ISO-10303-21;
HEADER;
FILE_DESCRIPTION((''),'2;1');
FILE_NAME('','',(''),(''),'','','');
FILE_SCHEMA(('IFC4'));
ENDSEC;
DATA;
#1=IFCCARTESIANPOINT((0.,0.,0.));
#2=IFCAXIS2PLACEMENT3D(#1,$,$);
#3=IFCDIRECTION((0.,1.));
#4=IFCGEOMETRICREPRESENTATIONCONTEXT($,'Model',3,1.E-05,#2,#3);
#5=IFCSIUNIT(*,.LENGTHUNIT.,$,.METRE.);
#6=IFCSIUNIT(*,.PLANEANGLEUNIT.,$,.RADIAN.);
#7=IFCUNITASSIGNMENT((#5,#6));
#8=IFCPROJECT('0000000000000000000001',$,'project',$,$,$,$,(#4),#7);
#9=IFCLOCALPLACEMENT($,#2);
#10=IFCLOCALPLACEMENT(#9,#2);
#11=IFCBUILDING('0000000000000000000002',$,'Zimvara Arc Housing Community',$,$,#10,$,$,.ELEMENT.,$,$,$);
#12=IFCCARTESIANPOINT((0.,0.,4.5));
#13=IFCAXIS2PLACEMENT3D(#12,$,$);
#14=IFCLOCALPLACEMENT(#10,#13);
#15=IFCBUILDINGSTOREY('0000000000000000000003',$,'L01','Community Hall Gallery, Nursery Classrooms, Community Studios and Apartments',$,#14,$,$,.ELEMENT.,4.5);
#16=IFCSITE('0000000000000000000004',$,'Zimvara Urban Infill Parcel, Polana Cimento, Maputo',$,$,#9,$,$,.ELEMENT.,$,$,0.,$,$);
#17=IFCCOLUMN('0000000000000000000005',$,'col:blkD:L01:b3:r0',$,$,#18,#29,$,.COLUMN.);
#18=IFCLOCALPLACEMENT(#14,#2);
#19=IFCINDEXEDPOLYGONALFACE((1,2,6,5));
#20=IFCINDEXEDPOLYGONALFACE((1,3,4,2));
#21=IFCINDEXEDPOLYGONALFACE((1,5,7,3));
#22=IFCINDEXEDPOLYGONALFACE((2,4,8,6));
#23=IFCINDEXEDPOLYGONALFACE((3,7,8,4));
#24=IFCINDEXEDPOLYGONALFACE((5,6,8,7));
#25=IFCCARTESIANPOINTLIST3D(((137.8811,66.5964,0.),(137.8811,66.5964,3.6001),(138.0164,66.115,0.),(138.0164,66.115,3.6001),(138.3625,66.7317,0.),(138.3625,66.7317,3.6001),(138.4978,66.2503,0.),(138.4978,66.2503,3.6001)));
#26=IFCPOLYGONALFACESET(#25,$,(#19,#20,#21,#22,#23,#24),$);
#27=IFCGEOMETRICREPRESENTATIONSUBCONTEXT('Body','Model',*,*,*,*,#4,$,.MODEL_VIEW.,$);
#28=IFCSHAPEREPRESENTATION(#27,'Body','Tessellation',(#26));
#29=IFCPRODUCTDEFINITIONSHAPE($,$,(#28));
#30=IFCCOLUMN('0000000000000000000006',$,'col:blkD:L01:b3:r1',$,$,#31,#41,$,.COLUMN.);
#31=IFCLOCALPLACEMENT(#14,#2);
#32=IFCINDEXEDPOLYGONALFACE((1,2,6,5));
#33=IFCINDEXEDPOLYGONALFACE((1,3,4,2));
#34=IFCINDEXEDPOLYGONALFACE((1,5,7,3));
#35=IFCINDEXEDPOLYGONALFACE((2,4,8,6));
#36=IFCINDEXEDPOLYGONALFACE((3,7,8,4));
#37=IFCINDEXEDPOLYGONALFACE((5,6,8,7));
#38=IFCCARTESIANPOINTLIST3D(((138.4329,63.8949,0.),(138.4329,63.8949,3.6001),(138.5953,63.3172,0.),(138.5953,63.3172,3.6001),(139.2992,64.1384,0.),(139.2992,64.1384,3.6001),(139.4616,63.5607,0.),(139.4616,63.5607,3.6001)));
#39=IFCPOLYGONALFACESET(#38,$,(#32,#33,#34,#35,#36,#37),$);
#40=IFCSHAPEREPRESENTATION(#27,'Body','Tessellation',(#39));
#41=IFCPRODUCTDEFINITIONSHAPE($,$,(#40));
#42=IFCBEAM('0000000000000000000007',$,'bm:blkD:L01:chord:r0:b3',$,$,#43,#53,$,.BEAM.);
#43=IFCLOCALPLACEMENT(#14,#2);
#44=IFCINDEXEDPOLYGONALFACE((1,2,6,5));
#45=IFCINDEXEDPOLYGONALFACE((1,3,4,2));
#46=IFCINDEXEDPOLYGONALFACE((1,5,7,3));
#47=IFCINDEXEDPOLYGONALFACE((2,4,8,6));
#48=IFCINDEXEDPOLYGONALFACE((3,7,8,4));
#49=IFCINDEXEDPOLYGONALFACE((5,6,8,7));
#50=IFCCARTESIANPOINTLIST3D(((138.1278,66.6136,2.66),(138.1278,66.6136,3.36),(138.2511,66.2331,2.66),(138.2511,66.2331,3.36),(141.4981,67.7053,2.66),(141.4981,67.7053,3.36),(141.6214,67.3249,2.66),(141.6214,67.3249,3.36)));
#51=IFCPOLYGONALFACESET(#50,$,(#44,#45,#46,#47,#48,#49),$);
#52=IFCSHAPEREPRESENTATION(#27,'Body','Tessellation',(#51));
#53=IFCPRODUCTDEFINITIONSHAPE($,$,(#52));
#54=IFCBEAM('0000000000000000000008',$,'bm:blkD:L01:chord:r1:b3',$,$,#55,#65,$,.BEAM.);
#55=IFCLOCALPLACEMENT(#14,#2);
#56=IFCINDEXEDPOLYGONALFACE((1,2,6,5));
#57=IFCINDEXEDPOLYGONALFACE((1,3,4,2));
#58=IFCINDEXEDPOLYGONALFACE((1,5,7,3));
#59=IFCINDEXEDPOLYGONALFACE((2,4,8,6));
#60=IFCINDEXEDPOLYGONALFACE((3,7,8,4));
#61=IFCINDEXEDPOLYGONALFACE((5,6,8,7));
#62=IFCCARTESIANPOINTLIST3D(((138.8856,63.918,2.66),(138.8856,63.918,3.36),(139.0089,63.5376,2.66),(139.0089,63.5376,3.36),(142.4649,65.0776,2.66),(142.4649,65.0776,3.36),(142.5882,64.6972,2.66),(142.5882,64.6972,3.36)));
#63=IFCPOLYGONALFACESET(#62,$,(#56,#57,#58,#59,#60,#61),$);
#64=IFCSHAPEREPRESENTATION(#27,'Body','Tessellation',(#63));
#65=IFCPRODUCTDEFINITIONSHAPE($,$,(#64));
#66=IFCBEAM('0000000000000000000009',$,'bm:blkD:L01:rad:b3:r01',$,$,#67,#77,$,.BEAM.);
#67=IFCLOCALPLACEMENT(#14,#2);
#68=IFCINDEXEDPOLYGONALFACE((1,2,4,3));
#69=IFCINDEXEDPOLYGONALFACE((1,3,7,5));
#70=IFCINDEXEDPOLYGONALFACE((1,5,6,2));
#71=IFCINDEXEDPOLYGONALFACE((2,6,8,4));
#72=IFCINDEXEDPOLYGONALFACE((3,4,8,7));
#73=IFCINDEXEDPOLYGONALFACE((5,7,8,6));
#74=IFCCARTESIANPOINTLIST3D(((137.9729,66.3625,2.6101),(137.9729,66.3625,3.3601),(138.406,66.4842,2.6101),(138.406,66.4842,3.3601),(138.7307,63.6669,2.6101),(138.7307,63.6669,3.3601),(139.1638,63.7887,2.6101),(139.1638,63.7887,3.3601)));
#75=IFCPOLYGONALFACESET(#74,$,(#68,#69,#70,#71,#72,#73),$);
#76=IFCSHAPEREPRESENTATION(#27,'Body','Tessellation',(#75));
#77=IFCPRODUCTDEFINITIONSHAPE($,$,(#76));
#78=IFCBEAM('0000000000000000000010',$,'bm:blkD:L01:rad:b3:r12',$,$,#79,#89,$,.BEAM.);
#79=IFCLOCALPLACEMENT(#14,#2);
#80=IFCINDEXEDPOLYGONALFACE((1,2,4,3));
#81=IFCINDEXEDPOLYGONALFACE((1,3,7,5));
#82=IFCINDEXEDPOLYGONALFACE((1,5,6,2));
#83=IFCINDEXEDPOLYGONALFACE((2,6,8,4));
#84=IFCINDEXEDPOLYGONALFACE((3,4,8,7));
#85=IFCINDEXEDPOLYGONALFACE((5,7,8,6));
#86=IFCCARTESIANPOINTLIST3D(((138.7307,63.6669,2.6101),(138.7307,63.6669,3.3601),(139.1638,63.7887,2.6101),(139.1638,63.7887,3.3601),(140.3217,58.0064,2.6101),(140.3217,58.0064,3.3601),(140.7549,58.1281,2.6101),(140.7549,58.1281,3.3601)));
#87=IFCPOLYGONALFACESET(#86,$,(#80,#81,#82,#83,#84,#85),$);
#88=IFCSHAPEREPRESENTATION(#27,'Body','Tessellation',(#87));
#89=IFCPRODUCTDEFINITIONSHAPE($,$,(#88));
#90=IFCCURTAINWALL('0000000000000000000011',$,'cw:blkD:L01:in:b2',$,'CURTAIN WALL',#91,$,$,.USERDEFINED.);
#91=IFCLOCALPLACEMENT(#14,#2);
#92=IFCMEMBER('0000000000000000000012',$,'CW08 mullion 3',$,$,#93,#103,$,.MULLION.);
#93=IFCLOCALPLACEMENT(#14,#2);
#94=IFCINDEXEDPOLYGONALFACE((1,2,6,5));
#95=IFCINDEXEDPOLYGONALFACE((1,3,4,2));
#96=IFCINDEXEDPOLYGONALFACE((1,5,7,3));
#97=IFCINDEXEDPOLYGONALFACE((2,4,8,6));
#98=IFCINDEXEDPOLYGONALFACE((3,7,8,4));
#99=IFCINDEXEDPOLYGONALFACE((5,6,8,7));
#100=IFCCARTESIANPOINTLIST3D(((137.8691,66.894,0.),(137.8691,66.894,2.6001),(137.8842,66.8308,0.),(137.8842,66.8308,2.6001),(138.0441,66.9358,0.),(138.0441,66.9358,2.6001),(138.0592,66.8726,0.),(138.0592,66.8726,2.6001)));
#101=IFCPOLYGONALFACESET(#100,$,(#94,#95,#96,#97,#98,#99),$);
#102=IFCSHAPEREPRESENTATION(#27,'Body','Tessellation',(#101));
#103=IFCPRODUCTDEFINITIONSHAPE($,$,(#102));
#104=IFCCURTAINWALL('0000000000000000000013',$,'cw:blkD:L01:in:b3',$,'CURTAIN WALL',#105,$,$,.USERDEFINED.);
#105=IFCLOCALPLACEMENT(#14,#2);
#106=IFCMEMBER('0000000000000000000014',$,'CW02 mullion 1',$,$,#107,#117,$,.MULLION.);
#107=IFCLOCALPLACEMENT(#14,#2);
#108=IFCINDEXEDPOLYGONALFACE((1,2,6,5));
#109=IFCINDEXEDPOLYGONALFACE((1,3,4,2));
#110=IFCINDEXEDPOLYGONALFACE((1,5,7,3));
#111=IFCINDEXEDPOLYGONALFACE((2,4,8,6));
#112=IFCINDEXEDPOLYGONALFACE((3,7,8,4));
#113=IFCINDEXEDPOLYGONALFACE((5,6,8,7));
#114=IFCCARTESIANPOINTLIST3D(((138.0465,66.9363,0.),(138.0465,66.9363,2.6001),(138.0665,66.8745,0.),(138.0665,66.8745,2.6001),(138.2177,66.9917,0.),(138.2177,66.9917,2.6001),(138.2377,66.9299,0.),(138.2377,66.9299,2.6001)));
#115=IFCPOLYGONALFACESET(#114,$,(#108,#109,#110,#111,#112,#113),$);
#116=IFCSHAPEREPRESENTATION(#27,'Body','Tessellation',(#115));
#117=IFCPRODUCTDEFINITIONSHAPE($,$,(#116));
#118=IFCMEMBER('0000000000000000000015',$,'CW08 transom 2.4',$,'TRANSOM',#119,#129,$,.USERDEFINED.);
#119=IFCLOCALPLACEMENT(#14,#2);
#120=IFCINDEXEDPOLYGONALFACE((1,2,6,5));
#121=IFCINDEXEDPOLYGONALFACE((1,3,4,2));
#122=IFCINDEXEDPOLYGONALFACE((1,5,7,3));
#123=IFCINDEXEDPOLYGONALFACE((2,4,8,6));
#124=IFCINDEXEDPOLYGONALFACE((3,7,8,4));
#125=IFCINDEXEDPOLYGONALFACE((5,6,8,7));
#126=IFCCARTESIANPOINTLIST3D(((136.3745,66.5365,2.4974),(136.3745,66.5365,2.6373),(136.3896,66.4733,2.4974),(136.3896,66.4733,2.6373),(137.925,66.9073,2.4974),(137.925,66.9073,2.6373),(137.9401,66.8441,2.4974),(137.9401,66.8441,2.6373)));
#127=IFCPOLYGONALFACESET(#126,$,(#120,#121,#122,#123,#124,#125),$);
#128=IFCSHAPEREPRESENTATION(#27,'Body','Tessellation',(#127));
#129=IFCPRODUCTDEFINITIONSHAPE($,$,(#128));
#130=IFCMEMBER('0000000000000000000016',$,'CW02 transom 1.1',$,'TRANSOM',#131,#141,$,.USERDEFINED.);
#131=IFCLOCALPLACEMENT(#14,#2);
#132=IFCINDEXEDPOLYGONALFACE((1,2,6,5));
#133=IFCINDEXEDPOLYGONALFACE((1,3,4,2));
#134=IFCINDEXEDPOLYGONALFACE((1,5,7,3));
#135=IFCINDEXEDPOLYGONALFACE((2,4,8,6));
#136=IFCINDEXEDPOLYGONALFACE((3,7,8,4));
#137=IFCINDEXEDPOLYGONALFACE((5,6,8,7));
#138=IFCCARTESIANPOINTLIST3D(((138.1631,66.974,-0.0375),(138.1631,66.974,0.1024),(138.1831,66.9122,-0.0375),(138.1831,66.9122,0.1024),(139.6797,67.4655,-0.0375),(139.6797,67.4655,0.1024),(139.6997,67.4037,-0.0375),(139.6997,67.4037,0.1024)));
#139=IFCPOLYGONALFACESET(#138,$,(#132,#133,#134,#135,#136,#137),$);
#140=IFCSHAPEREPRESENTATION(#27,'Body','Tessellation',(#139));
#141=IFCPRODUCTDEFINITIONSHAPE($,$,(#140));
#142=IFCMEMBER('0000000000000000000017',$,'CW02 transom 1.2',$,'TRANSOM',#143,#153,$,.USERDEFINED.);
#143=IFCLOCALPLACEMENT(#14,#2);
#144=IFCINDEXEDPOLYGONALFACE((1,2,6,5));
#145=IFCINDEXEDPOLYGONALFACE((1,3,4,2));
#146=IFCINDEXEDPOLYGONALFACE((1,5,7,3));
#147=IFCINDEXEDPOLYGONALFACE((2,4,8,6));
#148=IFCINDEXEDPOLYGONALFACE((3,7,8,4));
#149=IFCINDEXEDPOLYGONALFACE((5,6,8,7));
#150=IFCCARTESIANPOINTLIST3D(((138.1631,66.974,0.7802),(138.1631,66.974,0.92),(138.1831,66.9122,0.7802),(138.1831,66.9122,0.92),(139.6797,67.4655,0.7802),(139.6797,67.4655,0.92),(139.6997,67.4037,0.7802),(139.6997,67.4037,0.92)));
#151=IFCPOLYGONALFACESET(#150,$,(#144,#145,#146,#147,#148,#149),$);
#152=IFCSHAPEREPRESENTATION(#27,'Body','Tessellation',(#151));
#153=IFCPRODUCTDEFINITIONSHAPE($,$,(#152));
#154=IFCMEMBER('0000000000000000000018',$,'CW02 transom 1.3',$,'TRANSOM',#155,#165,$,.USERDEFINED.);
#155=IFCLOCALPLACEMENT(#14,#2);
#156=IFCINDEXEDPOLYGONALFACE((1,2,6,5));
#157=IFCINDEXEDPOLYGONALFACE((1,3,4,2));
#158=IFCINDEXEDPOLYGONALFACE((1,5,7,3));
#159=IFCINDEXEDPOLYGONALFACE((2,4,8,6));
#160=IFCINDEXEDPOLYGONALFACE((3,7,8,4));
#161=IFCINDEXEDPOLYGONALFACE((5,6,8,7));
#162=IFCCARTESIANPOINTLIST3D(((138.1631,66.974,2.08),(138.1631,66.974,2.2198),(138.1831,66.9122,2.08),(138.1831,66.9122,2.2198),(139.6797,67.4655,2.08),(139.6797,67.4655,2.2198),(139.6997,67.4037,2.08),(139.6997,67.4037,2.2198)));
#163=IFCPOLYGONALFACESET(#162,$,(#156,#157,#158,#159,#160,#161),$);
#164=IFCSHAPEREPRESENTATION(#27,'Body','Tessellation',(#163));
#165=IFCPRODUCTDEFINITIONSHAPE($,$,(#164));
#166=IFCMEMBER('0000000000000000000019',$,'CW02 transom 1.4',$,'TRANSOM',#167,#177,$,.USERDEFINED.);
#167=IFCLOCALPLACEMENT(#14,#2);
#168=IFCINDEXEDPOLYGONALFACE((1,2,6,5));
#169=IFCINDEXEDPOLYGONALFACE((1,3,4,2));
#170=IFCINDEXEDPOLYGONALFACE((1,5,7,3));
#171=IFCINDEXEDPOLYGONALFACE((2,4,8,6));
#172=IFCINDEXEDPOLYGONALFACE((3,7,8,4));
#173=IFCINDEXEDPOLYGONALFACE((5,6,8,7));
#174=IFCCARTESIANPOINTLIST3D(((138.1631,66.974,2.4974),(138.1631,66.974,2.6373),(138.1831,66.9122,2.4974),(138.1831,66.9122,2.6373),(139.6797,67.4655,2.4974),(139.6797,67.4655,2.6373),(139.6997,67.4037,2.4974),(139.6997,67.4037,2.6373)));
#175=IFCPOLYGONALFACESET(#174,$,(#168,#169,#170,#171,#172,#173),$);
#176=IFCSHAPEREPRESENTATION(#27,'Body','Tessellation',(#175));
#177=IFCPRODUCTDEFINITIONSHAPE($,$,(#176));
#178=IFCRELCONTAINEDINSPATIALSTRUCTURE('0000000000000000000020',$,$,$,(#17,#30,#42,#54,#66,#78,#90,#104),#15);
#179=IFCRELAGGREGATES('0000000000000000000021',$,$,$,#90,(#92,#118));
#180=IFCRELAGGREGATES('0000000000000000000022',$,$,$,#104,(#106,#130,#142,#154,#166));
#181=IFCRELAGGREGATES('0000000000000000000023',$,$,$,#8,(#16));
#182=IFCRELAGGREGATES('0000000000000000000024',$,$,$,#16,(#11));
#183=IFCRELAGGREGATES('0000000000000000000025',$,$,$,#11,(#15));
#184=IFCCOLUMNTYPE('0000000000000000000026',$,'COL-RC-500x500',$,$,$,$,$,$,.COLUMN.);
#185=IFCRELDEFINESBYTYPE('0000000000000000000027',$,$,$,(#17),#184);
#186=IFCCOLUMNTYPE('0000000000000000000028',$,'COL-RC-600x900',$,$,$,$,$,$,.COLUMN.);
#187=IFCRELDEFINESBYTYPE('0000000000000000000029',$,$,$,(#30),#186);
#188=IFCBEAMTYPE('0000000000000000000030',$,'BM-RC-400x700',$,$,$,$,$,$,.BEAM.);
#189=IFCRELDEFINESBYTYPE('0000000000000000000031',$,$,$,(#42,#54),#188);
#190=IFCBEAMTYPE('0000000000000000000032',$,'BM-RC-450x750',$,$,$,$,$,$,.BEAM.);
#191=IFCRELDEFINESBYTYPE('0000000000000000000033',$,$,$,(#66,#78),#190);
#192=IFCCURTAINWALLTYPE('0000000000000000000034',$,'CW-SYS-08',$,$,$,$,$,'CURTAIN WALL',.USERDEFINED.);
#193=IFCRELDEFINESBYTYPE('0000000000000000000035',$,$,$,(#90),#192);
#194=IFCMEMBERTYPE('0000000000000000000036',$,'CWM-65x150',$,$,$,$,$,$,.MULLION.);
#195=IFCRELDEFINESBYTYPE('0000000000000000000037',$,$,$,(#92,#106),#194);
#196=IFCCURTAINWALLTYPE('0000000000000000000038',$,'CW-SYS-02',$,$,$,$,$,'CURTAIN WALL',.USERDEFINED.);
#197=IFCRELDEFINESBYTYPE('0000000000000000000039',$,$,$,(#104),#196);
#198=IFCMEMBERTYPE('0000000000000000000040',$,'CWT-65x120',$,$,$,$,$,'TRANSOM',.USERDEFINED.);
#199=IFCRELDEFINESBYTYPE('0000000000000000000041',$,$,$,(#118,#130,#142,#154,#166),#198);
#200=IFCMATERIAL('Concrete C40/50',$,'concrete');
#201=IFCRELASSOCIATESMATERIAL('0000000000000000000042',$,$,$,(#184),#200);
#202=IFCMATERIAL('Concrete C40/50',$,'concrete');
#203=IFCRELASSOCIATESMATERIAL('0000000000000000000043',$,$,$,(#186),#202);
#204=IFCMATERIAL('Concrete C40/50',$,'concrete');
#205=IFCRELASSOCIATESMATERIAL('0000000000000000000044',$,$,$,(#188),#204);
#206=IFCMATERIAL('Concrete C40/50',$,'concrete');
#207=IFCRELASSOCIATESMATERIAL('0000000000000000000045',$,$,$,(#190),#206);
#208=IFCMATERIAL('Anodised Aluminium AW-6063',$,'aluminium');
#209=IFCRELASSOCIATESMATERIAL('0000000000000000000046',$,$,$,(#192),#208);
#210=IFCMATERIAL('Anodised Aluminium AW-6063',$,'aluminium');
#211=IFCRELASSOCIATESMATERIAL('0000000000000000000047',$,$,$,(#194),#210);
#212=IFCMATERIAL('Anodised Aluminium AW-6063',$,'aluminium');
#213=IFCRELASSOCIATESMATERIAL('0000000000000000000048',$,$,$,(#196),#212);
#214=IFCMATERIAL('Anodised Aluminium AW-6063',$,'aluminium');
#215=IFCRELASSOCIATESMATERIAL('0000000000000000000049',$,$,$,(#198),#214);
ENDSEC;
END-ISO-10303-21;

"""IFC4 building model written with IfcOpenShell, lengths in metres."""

from ifc_helpers import new_model, si_unit, direction, frame, origin, origin_2d, place, context, subcontext, project, spatial, rectangle, extrude, material, material_profile, profile_set, type_object, element, aggregate, save


model = new_model("IFC4")

# Units and contexts
model_context = context("Model", 3, precision=1e-05, world=origin(), true_north=direction((0.0, 1.0)))
body_context = subcontext(model_context, "Body", "Model", "MODEL_VIEW")
ifc_project = project(units=[si_unit("LENGTHUNIT", "METRE"), si_unit("PLANEANGLEUNIT", "RADIAN")], contexts=[model_context])

# Site, building, storey
site_placement = place(None, origin())
site = spatial("IfcSite", under=ifc_project, at=site_placement, Name="Zimvara Urban Infill Parcel, Polana Cimento, Maputo", CompositionType="ELEMENT", RefElevation=0.0)
building_placement = place(site_placement, origin())
building = spatial("IfcBuilding", under=site, at=building_placement, Name="Zimvara Arc Housing Community", CompositionType="ELEMENT")
storey_placement = place(building_placement, frame((0.0, 0.0, 4.5)))
storey = spatial("IfcBuildingStorey", under=building, at=storey_placement, Name="L01", Description="Community Hall Gallery, Nursery Classrooms, Community Studios and Apartments", CompositionType="ELEMENT", Elevation=4.5)

# Columns
ifc_material_1 = material(Name="Concrete C40/50", Category="concrete")
ifc_material_profile_1 = material_profile(ifc_material_1, rectangle(XDim=0.5, YDim=0.5, at=origin_2d()), Name="RC 500x500")
ifc_profile_set_1 = profile_set([ifc_material_profile_1], Name="Concrete C40/50")
column_type_1 = type_object("IfcColumnType", Name="COL-RC-500x500", PredefinedType="COLUMN", material=ifc_profile_set_1)
column_1_placement = place(storey_placement, frame((138.1895, 66.4233, 0.0), z_axis=(0.0, 0.0, 1.0), x_axis=(0.2706, -0.962692, 0.0)))
element("IfcColumn", 1, at=column_1_placement, inside=storey, type_object=column_type_1, Name="col:blkD:L01:b3:r0", PredefinedType="COLUMN", context=body_context, shape_type="SweptSolid", body=[
    extrude(rectangle(XDim=0.5, YDim=0.5, at=origin_2d()), origin(), (0.0, 0.0, 1.0), 3.6001),
])
ifc_material_2 = material(Name="Concrete C40/50", Category="concrete")
ifc_material_profile_2 = material_profile(ifc_material_2, rectangle(XDim=0.6001, YDim=0.8999, at=origin_2d()), Name="RC 600x900")
ifc_profile_set_2 = profile_set([ifc_material_profile_2], Name="Concrete C40/50")
column_type_2 = type_object("IfcColumnType", Name="COL-RC-600x900", PredefinedType="COLUMN", material=ifc_profile_set_2)
column_2_placement = place(storey_placement, frame((138.9473, 63.7278, 0.0), z_axis=(0.0, 0.0, 1.0), x_axis=(0.2706, -0.962692, 0.0)))
element("IfcColumn", 2, at=column_2_placement, inside=storey, type_object=column_type_2, Name="col:blkD:L01:b3:r1", PredefinedType="COLUMN", context=body_context, shape_type="SweptSolid", body=[
    extrude(rectangle(XDim=0.6001, YDim=0.8999, at=origin_2d()), origin(), (0.0, 0.0, 1.0), 3.6001),
])

# Beams
ifc_material_3 = material(Name="Concrete C40/50", Category="concrete")
ifc_material_profile_3 = material_profile(ifc_material_3, rectangle(XDim=0.3999, YDim=0.7, at=origin_2d()), Name="RC 400x700")
ifc_profile_set_3 = profile_set([ifc_material_profile_3], Name="Concrete C40/50")
beam_type_1 = type_object("IfcBeamType", Name="BM-RC-400x700", PredefinedType="BEAM", material=ifc_profile_set_3)
beam_1_placement = place(storey_placement, frame((138.1895, 66.4233, 3.01), z_axis=(0.95133, 0.308174, 0.0), x_axis=(-0.308174, 0.95133, 0.0)))
element("IfcBeam", 3, at=beam_1_placement, inside=storey, type_object=beam_type_1, Name="bm:blkD:L01:chord:r0:b3", PredefinedType="BEAM", context=body_context, shape_type="SweptSolid", body=[
    extrude(rectangle(XDim=0.3999, YDim=0.7, at=origin_2d()), origin(), (0.0, 0.0, 1.0), 3.5427),
])
beam_2_placement = place(storey_placement, frame((138.9473, 63.7278, 3.01), z_axis=(0.951316, 0.308216, 0.0), x_axis=(-0.308216, 0.951316, 0.0)))
element("IfcBeam", 4, at=beam_2_placement, inside=storey, type_object=beam_type_1, Name="bm:blkD:L01:chord:r1:b3", PredefinedType="BEAM", context=body_context, shape_type="SweptSolid", body=[
    extrude(rectangle(XDim=0.3999, YDim=0.7, at=origin_2d()), origin(), (0.0, 0.0, 1.0), 3.7625),
])
ifc_material_4 = material(Name="Concrete C40/50", Category="concrete")
ifc_material_profile_4 = material_profile(ifc_material_4, rectangle(XDim=0.45, YDim=0.75, at=origin_2d()), Name="RC 450x750")
ifc_profile_set_4 = profile_set([ifc_material_profile_4], Name="Concrete C40/50")
beam_type_2 = type_object("IfcBeamType", Name="BM-RC-450x750", PredefinedType="BEAM", material=ifc_profile_set_4)
beam_3_placement = place(storey_placement, frame((138.1895, 66.4233, 2.9851), z_axis=(0.270642, -0.96268, 0.0), x_axis=(0.96268, 0.270642, 0.0)))
element("IfcBeam", 5, at=beam_3_placement, inside=storey, type_object=beam_type_2, Name="bm:blkD:L01:rad:b3:r01", PredefinedType="BEAM", context=body_context, shape_type="SweptSolid", body=[
    extrude(rectangle(XDim=0.45, YDim=0.75, at=origin_2d()), origin(), (0.0, 0.0, 1.0), 2.8),
])
beam_4_placement = place(storey_placement, frame((138.9473, 63.7278, 2.9851), z_axis=(0.270589, -0.962695, 0.0), x_axis=(0.962695, 0.270589, 0.0)))
element("IfcBeam", 6, at=beam_4_placement, inside=storey, type_object=beam_type_2, Name="bm:blkD:L01:rad:b3:r12", PredefinedType="BEAM", context=body_context, shape_type="SweptSolid", body=[
    extrude(rectangle(XDim=0.45, YDim=0.75, at=origin_2d()), origin(), (0.0, 0.0, 1.0), 5.8799),
])

# Curtain walls, members
ifc_material_5 = material(Name="Anodised Aluminium AW-6063", Category="aluminium")
curtain_wall_type_1 = type_object("IfcCurtainWallType", Name="CW-SYS-08", ElementType="CURTAIN WALL", PredefinedType="USERDEFINED", material=ifc_material_5)
curtain_wall_1_placement = place(storey_placement, origin())
curtain_wall_1 = element("IfcCurtainWall", 7, at=curtain_wall_1_placement, inside=storey, type_object=curtain_wall_type_1, Name="cw:blkD:L01:in:b2", ObjectType="CURTAIN WALL", PredefinedType="USERDEFINED")
ifc_material_6 = material(Name="Anodised Aluminium AW-6063", Category="aluminium")
ifc_material_profile_5 = material_profile(ifc_material_6, rectangle(XDim=0.0649, YDim=0.1799, at=origin_2d()), Name="ALU 65x180")
ifc_profile_set_5 = profile_set([ifc_material_profile_5], Name="Anodised Aluminium AW-6063")
member_type_1 = type_object("IfcMemberType", Name="CWM-65x150", PredefinedType="MULLION", material=ifc_profile_set_5)
member_1_placement = place(storey_placement, frame((137.9641, 66.8833, 0.0), z_axis=(0.0, 0.0, 1.0), x_axis=(-0.232596, 0.972573, 0.0)))
member_1 = element("IfcMember", 8, at=member_1_placement, type_object=member_type_1, Name="CW08 mullion 3", PredefinedType="MULLION", context=body_context, shape_type="SweptSolid", body=[
    extrude(rectangle(XDim=0.0649, YDim=0.1799, at=origin_2d()), origin(), (0.0, 0.0, 1.0), 2.6001),
])
ifc_material_7 = material(Name="Anodised Aluminium AW-6063", Category="aluminium")
curtain_wall_type_2 = type_object("IfcCurtainWallType", Name="CW-SYS-02", ElementType="CURTAIN WALL", PredefinedType="USERDEFINED", material=ifc_material_7)
curtain_wall_2_placement = place(storey_placement, origin())
curtain_wall_2 = element("IfcCurtainWall", 9, at=curtain_wall_2_placement, inside=storey, type_object=curtain_wall_type_2, Name="cw:blkD:L01:in:b3", ObjectType="CURTAIN WALL", PredefinedType="USERDEFINED")
member_2_placement = place(storey_placement, frame((138.1421, 66.9331, 0.0), z_axis=(0.0, 0.0, 1.0), x_axis=(-0.308185, 0.951326, 0.0)))
member_2 = element("IfcMember", 10, at=member_2_placement, type_object=member_type_1, Name="CW02 mullion 1", PredefinedType="MULLION", context=body_context, shape_type="SweptSolid", body=[
    extrude(rectangle(XDim=0.0649, YDim=0.1799, at=origin_2d()), origin(), (0.0, 0.0, 1.0), 2.6001),
])

# Members
ifc_material_8 = material(Name="Anodised Aluminium AW-6063", Category="aluminium")
ifc_material_profile_6 = material_profile(ifc_material_8, rectangle(XDim=0.0649, YDim=0.1399, at=origin_2d()), Name="ALU 65x140")
ifc_profile_set_6 = profile_set([ifc_material_profile_6], Name="Anodised Aluminium AW-6063")
member_type_2 = type_object("IfcMemberType", Name="CWT-65x120", ElementType="TRANSOM", PredefinedType="USERDEFINED", material=ifc_profile_set_6)
member_3_placement = place(storey_placement, frame((136.3821, 66.5049, 2.5674), z_axis=(0.972569, 0.232614, 0.0), x_axis=(-0.232614, 0.972569, 0.0)))
member_3 = element("IfcMember", 11, at=member_3_placement, type_object=member_type_2, Name="CW08 transom 2.4", ObjectType="TRANSOM", PredefinedType="USERDEFINED", context=body_context, shape_type="SweptSolid", body=[
    extrude(rectangle(XDim=0.0649, YDim=0.1399, at=origin_2d()), origin(), (0.0, 0.0, 1.0), 1.5942),
])
member_4_placement = place(storey_placement, frame((138.1731, 66.9431, 0.0325), z_axis=(0.951299, 0.308269, 0.0), x_axis=(-0.308269, 0.951299, 0.0)))
member_4 = element("IfcMember", 12, at=member_4_placement, type_object=member_type_2, Name="CW02 transom 1.1", ObjectType="TRANSOM", PredefinedType="USERDEFINED", context=body_context, shape_type="SweptSolid", body=[
    extrude(rectangle(XDim=0.0649, YDim=0.1399, at=origin_2d()), origin(), (0.0, 0.0, 1.0), 1.5942),
])
member_5_placement = place(storey_placement, frame((138.1731, 66.9431, 0.8501), z_axis=(0.951299, 0.308269, 0.0), x_axis=(-0.308269, 0.951299, 0.0)))
member_5 = element("IfcMember", 13, at=member_5_placement, type_object=member_type_2, Name="CW02 transom 1.2", ObjectType="TRANSOM", PredefinedType="USERDEFINED", context=body_context, shape_type="SweptSolid", body=[
    extrude(rectangle(XDim=0.0649, YDim=0.1399, at=origin_2d()), origin(), (0.0, 0.0, 1.0), 1.5942),
])
member_6_placement = place(storey_placement, frame((138.1731, 66.9431, 2.1499), z_axis=(0.951299, 0.308269, 0.0), x_axis=(-0.308269, 0.951299, 0.0)))
member_6 = element("IfcMember", 14, at=member_6_placement, type_object=member_type_2, Name="CW02 transom 1.3", ObjectType="TRANSOM", PredefinedType="USERDEFINED", context=body_context, shape_type="SweptSolid", body=[
    extrude(rectangle(XDim=0.0649, YDim=0.1399, at=origin_2d()), origin(), (0.0, 0.0, 1.0), 1.5942),
])
member_7_placement = place(storey_placement, frame((138.1731, 66.9431, 2.5674), z_axis=(0.951299, 0.308269, 0.0), x_axis=(-0.308269, 0.951299, 0.0)))
member_7 = element("IfcMember", 15, at=member_7_placement, type_object=member_type_2, Name="CW02 transom 1.4", ObjectType="TRANSOM", PredefinedType="USERDEFINED", context=body_context, shape_type="SweptSolid", body=[
    extrude(rectangle(XDim=0.0649, YDim=0.1399, at=origin_2d()), origin(), (0.0, 0.0, 1.0), 1.5942),
])

aggregate(curtain_wall_1, [member_1, member_3])
aggregate(curtain_wall_2, [member_2, member_4, member_5, member_6, member_7])

save(model, "model.ifc")
